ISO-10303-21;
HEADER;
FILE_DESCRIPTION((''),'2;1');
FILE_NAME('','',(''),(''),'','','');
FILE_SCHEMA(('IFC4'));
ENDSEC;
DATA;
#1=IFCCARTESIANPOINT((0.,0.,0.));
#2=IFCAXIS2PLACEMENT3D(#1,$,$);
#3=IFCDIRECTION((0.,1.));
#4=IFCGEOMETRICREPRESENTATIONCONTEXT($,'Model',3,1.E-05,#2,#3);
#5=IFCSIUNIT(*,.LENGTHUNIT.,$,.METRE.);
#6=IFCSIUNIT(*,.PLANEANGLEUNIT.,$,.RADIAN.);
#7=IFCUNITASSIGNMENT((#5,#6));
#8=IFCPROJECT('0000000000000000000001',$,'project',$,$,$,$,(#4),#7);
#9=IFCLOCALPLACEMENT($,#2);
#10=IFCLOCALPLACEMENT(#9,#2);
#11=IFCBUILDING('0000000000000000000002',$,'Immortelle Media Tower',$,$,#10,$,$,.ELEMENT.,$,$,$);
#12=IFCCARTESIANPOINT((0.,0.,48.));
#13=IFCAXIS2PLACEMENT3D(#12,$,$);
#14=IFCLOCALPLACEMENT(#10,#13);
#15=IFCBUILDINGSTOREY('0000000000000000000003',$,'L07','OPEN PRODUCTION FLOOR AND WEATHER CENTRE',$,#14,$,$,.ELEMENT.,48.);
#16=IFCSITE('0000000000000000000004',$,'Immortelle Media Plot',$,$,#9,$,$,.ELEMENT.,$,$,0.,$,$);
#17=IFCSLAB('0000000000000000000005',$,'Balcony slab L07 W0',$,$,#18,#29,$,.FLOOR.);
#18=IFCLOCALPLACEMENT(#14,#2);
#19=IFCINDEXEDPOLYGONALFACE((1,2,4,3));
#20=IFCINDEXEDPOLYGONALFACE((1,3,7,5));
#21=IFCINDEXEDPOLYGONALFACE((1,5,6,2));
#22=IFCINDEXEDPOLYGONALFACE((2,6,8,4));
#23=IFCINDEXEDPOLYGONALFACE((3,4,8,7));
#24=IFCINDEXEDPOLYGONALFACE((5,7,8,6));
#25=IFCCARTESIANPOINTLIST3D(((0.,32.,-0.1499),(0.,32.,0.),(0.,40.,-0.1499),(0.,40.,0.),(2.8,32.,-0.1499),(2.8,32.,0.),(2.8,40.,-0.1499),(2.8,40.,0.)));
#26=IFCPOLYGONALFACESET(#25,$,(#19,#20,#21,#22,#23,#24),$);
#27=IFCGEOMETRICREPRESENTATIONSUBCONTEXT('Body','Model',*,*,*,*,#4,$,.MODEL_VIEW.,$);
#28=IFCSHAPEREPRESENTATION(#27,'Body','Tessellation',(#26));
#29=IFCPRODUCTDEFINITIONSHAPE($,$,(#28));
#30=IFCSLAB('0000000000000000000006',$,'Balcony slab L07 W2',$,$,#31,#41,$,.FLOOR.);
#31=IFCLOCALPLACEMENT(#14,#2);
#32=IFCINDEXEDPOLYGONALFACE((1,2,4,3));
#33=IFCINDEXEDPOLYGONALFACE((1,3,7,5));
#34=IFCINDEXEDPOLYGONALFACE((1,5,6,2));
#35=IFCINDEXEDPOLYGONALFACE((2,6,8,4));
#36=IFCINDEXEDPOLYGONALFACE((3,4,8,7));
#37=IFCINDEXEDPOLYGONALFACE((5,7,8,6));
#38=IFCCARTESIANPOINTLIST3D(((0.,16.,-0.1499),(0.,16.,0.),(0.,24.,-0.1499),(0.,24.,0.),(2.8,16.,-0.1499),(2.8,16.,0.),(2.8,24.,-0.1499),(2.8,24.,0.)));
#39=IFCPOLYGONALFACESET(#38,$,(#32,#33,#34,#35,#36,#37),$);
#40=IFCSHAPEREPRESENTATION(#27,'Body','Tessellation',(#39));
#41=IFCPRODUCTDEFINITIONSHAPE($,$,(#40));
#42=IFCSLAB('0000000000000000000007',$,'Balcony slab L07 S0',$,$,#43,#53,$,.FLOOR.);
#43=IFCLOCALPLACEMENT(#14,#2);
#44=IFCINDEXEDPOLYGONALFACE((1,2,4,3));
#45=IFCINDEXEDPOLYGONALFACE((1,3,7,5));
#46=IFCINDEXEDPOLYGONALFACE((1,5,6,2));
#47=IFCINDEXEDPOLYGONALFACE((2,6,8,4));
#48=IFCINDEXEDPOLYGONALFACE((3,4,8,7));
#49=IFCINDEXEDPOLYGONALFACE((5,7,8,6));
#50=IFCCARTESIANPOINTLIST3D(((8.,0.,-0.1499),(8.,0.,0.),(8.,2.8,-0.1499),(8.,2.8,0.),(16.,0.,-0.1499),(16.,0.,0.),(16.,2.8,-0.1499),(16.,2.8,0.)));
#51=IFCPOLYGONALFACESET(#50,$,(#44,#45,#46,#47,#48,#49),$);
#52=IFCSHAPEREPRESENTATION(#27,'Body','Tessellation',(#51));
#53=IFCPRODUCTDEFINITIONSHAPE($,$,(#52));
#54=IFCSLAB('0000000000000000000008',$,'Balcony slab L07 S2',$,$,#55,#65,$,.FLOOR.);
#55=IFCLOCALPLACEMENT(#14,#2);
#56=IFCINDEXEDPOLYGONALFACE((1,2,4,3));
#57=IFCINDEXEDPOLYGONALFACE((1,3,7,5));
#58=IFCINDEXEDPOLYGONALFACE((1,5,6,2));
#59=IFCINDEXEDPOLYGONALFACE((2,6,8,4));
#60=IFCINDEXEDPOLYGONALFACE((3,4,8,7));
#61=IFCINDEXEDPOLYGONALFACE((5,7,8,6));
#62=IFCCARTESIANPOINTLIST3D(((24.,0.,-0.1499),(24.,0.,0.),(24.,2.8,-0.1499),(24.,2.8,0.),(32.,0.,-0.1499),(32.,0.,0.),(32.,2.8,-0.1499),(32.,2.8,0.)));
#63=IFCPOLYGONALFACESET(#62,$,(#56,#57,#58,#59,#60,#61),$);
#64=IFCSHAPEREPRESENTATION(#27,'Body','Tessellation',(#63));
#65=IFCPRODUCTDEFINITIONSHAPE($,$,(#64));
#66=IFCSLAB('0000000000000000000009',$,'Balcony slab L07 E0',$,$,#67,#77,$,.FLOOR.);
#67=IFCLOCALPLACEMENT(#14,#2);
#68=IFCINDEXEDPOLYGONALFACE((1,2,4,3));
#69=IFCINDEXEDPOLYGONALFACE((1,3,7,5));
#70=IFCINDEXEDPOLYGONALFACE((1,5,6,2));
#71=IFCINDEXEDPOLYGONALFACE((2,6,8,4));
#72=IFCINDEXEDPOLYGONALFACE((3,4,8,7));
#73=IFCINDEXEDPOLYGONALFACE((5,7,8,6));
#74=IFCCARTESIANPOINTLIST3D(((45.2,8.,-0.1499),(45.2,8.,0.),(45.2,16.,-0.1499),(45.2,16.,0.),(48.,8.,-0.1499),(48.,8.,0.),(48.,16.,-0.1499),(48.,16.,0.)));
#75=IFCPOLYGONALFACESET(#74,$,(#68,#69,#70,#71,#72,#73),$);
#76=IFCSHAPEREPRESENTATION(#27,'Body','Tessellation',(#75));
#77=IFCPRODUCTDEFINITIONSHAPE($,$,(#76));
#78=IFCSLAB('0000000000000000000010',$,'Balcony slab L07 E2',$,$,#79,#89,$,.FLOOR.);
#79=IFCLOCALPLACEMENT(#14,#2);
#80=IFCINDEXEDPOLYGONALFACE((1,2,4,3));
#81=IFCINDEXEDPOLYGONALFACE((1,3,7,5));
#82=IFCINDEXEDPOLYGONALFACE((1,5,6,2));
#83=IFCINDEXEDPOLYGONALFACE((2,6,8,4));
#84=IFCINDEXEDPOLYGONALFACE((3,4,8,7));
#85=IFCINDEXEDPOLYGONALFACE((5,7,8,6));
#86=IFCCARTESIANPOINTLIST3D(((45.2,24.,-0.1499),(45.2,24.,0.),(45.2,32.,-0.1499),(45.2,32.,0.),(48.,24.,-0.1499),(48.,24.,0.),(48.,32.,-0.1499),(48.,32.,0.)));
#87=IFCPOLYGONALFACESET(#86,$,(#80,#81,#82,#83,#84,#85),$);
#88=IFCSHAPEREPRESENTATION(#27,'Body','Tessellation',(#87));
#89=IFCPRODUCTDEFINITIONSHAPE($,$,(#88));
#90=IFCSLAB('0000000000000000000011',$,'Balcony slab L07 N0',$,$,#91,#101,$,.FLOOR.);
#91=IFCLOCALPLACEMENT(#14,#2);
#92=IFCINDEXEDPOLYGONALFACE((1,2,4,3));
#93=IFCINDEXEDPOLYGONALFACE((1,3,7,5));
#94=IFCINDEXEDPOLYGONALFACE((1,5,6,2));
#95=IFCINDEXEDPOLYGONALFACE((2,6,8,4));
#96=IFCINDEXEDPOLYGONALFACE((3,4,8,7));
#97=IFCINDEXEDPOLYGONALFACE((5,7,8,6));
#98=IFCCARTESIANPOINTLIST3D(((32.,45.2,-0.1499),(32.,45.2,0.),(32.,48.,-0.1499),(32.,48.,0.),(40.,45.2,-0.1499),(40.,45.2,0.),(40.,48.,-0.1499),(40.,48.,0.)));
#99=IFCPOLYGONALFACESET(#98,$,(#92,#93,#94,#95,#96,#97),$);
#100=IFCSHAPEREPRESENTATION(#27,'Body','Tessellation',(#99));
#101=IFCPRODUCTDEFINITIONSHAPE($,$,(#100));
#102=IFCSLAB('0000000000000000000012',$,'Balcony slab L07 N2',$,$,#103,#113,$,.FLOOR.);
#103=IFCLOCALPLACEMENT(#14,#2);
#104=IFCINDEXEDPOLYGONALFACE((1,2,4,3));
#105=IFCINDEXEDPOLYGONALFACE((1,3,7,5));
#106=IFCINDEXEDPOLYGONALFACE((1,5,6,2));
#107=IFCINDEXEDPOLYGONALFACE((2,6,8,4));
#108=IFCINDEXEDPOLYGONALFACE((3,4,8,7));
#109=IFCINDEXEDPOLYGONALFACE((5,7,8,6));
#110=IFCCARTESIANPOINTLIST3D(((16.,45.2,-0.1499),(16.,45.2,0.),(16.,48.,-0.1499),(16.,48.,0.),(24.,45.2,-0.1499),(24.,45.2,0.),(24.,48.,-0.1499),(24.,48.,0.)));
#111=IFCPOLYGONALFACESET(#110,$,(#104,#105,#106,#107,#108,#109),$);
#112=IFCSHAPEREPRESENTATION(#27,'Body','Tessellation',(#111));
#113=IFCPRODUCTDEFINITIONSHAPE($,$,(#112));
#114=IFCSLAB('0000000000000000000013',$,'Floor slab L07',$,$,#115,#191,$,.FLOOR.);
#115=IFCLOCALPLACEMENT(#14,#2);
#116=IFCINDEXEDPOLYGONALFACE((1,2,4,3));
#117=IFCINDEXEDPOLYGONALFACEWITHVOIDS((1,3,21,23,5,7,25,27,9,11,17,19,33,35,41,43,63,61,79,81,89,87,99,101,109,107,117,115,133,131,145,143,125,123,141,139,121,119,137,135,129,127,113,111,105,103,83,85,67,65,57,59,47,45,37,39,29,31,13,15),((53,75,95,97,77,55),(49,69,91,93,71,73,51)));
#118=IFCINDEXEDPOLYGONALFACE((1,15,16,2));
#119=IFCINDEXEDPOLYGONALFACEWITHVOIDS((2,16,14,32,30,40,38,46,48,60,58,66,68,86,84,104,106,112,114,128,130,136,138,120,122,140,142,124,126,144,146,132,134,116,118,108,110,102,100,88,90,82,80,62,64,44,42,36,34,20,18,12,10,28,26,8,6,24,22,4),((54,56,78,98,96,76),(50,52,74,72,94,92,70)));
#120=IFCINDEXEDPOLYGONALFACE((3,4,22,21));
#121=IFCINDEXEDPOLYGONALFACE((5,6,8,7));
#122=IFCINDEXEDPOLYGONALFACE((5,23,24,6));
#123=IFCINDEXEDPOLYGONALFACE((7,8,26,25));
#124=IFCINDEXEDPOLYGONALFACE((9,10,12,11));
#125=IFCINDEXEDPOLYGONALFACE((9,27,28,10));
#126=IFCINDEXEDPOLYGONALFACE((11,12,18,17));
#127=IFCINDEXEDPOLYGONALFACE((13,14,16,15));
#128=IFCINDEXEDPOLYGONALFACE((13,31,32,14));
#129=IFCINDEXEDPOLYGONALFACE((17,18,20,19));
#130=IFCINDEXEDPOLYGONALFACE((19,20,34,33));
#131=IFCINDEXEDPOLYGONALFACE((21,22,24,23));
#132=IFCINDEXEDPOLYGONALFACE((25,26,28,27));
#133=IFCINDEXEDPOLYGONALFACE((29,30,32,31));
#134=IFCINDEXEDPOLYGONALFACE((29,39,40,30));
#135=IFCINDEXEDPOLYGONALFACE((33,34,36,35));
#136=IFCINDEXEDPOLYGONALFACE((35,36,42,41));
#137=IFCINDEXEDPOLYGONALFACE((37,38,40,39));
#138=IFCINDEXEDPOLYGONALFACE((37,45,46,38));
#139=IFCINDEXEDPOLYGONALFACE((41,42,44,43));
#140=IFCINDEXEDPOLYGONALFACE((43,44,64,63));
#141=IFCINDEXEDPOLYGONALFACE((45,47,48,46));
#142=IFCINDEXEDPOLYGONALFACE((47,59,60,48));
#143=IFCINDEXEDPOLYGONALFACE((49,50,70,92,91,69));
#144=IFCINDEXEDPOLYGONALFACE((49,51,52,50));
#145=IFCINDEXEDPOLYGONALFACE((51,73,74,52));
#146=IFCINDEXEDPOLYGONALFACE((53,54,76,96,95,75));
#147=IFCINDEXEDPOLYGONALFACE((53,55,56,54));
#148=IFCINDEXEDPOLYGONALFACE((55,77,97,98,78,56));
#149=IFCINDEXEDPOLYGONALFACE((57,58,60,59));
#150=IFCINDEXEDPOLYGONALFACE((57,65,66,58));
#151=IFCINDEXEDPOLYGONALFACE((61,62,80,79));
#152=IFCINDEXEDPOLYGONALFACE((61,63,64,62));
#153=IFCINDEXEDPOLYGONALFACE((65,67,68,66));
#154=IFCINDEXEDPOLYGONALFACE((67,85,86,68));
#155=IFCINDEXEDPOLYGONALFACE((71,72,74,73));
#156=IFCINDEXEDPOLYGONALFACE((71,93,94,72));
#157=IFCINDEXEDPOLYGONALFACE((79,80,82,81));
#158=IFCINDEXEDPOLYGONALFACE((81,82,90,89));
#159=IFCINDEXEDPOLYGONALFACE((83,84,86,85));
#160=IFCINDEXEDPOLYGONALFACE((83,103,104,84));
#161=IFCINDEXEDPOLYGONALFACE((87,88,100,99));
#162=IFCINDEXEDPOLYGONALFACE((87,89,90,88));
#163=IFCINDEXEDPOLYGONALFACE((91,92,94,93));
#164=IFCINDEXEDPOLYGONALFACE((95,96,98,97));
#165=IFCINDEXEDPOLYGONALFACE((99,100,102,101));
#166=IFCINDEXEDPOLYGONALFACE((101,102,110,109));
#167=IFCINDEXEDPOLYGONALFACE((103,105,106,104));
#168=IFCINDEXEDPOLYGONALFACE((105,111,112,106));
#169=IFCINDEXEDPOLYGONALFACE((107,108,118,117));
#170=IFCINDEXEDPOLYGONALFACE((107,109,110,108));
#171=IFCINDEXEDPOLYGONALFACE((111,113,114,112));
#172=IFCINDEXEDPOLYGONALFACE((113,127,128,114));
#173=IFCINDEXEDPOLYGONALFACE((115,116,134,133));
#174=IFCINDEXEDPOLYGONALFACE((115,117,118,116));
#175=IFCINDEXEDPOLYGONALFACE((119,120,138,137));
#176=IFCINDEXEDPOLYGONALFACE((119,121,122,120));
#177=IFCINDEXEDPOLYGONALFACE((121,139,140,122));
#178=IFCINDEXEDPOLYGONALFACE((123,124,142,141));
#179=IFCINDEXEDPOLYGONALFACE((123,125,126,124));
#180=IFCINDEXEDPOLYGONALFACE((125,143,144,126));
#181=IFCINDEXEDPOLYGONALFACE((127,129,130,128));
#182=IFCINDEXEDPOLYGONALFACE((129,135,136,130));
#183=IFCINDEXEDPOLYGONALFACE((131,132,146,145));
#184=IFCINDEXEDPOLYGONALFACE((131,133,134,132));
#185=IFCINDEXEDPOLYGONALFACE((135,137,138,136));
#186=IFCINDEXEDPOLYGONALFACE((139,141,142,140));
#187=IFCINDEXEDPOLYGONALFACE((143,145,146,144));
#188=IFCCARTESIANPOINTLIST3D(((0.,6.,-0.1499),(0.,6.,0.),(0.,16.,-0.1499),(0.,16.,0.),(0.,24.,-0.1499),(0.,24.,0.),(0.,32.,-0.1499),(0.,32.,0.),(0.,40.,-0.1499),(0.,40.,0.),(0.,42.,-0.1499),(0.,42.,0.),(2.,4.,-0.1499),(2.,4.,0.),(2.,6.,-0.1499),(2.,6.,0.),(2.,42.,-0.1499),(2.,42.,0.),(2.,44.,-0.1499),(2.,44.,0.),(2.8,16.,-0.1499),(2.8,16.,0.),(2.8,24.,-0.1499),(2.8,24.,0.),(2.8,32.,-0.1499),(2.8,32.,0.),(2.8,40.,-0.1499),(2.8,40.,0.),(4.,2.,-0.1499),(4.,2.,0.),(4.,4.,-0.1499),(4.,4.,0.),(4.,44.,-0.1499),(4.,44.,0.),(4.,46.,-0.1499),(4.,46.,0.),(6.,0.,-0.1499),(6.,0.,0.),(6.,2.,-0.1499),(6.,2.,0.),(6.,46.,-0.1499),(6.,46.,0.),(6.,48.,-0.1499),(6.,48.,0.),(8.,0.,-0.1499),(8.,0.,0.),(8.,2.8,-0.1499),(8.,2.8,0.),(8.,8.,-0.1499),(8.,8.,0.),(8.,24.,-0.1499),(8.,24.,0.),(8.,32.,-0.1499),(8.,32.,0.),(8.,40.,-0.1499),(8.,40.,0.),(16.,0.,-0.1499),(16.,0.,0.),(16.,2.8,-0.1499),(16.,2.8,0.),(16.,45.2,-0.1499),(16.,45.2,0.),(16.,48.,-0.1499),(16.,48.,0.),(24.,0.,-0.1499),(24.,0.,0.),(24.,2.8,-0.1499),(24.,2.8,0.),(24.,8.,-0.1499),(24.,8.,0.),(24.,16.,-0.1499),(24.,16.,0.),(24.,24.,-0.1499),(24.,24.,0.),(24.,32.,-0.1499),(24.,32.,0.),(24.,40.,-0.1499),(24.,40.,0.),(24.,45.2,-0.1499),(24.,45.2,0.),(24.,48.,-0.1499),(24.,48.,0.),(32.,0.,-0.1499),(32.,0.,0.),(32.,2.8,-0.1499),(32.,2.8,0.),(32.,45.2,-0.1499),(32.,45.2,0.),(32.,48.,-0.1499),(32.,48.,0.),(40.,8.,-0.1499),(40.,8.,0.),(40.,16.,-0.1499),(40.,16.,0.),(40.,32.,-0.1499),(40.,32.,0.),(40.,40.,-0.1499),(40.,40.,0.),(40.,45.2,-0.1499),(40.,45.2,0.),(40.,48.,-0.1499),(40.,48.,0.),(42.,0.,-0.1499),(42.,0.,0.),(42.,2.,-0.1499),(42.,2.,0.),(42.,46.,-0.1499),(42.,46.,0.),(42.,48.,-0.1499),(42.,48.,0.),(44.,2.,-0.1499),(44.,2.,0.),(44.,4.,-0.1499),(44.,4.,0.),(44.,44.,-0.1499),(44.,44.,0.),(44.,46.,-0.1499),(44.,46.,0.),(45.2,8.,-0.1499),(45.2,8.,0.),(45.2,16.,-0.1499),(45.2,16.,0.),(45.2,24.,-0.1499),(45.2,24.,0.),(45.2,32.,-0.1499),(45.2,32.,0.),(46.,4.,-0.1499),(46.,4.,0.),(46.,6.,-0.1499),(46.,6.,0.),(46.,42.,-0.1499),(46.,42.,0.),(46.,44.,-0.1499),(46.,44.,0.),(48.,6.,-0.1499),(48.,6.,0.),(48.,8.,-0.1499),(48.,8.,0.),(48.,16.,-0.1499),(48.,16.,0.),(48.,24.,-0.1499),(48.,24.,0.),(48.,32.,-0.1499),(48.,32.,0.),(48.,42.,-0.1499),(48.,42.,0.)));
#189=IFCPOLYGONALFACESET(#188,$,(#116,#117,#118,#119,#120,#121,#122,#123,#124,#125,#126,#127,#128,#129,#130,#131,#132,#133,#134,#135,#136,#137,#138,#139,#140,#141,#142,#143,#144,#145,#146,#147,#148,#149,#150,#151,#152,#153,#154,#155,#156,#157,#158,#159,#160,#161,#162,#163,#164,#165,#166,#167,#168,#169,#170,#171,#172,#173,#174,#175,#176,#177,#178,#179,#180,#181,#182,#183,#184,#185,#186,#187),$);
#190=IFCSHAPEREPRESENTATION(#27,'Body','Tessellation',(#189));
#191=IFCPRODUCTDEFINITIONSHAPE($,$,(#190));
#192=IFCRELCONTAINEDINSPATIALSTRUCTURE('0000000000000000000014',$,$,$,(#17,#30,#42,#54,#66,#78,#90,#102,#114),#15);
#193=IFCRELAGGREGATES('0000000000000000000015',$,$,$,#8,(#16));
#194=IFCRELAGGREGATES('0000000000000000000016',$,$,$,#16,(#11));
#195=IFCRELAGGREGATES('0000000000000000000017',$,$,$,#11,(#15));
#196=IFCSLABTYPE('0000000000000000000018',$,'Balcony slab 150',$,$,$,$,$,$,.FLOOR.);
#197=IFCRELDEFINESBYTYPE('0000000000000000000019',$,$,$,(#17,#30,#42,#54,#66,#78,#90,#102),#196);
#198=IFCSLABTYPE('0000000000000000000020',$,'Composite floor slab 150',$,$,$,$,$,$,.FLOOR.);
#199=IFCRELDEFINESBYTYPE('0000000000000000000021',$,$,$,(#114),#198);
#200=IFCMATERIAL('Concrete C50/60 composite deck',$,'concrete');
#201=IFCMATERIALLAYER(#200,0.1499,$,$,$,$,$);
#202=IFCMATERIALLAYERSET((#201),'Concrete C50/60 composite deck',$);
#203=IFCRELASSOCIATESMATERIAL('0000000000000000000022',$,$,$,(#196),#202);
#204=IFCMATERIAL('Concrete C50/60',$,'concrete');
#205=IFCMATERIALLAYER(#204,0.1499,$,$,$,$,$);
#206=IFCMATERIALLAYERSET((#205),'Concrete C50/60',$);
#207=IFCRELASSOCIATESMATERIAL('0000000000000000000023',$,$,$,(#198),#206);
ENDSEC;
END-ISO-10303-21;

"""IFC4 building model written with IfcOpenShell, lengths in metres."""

from ifc_helpers import new_model, si_unit, direction, frame, origin, place, context, subcontext, project, spatial, polyline, outline, extrude, material, layer, layer_set, type_object, element, save


model = new_model("IFC4")

# Units and contexts
model_context = context("Model", 3, precision=1e-05, world=origin(), true_north=direction((0.0, 1.0)))
body_context = subcontext(model_context, "Body", "Model", "MODEL_VIEW")
ifc_project = project(units=[si_unit("LENGTHUNIT", "METRE"), si_unit("PLANEANGLEUNIT", "RADIAN")], contexts=[model_context])

# Site, building, storey
site_placement = place(None, origin())
site = spatial("IfcSite", under=ifc_project, at=site_placement, Name="Immortelle Media Plot", CompositionType="ELEMENT", RefElevation=0.0)
building_placement = place(site_placement, origin())
building = spatial("IfcBuilding", under=site, at=building_placement, Name="Immortelle Media Tower", CompositionType="ELEMENT")
storey_placement = place(building_placement, frame((0.0, 0.0, 48.0)))
storey = spatial("IfcBuildingStorey", under=building, at=storey_placement, Name="L07", Description="OPEN PRODUCTION FLOOR AND WEATHER CENTRE", CompositionType="ELEMENT", Elevation=48.0)

# Slabs
ifc_material_1 = material(Name="Concrete C50/60 composite deck", Category="concrete")
ifc_layer_1 = layer(ifc_material_1, 0.1499)
ifc_layer_set_1 = layer_set([ifc_layer_1], Name="Concrete C50/60 composite deck")
slab_type_1 = type_object("IfcSlabType", Name="Balcony slab 150", PredefinedType="FLOOR", material=ifc_layer_set_1)
slab_1_placement = place(storey_placement, frame((0.0, 0.0, -0.1499)))
element("IfcSlab", 1, at=slab_1_placement, inside=storey, type_object=slab_type_1, Name="Balcony slab L07 W0", PredefinedType="FLOOR", context=body_context, shape_type="SweptSolid", body=[
    extrude(outline(polyline([(2.8, 32.0), (2.8, 40.0), (0.0, 40.0), (0.0, 32.0), (2.8, 32.0)])), origin(), (0.0, 0.0, 1.0), 0.1499),
])
slab_2_placement = place(storey_placement, frame((0.0, 0.0, -0.1499)))
element("IfcSlab", 2, at=slab_2_placement, inside=storey, type_object=slab_type_1, Name="Balcony slab L07 W2", PredefinedType="FLOOR", context=body_context, shape_type="SweptSolid", body=[
    extrude(outline(polyline([(2.8, 16.0), (2.8, 24.0), (0.0, 24.0), (0.0, 16.0), (2.8, 16.0)])), origin(), (0.0, 0.0, 1.0), 0.1499),
])
slab_3_placement = place(storey_placement, frame((0.0, 0.0, -0.1499)))
element("IfcSlab", 3, at=slab_3_placement, inside=storey, type_object=slab_type_1, Name="Balcony slab L07 S0", PredefinedType="FLOOR", context=body_context, shape_type="SweptSolid", body=[
    extrude(outline(polyline([(16.0, 0.0), (16.0, 2.8), (8.0, 2.8), (8.0, 0.0), (16.0, 0.0)])), origin(), (0.0, 0.0, 1.0), 0.1499),
])
slab_4_placement = place(storey_placement, frame((0.0, 0.0, -0.1499)))
element("IfcSlab", 4, at=slab_4_placement, inside=storey, type_object=slab_type_1, Name="Balcony slab L07 S2", PredefinedType="FLOOR", context=body_context, shape_type="SweptSolid", body=[
    extrude(outline(polyline([(32.0, 0.0), (32.0, 2.8), (24.0, 2.8), (24.0, 0.0), (32.0, 0.0)])), origin(), (0.0, 0.0, 1.0), 0.1499),
])
slab_5_placement = place(storey_placement, frame((0.0, 0.0, -0.1499)))
element("IfcSlab", 5, at=slab_5_placement, inside=storey, type_object=slab_type_1, Name="Balcony slab L07 E0", PredefinedType="FLOOR", context=body_context, shape_type="SweptSolid", body=[
    extrude(outline(polyline([(48.0, 8.0), (48.0, 16.0), (45.2, 16.0), (45.2, 8.0), (48.0, 8.0)])), origin(), (0.0, 0.0, 1.0), 0.1499),
])
slab_6_placement = place(storey_placement, frame((0.0, 0.0, -0.1499)))
element("IfcSlab", 6, at=slab_6_placement, inside=storey, type_object=slab_type_1, Name="Balcony slab L07 E2", PredefinedType="FLOOR", context=body_context, shape_type="SweptSolid", body=[
    extrude(outline(polyline([(48.0, 24.0), (48.0, 32.0), (45.2, 32.0), (45.2, 24.0), (48.0, 24.0)])), origin(), (0.0, 0.0, 1.0), 0.1499),
])
slab_7_placement = place(storey_placement, frame((0.0, 0.0, -0.1499)))
element("IfcSlab", 7, at=slab_7_placement, inside=storey, type_object=slab_type_1, Name="Balcony slab L07 N0", PredefinedType="FLOOR", context=body_context, shape_type="SweptSolid", body=[
    extrude(outline(polyline([(40.0, 45.2), (40.0, 48.0), (32.0, 48.0), (32.0, 45.2), (40.0, 45.2)])), origin(), (0.0, 0.0, 1.0), 0.1499),
])
slab_8_placement = place(storey_placement, frame((0.0, 0.0, -0.1499)))
element("IfcSlab", 8, at=slab_8_placement, inside=storey, type_object=slab_type_1, Name="Balcony slab L07 N2", PredefinedType="FLOOR", context=body_context, shape_type="SweptSolid", body=[
    extrude(outline(polyline([(24.0, 45.2), (24.0, 48.0), (16.0, 48.0), (16.0, 45.2), (24.0, 45.2)])), origin(), (0.0, 0.0, 1.0), 0.1499),
])
ifc_material_2 = material(Name="Concrete C50/60", Category="concrete")
ifc_layer_2 = layer(ifc_material_2, 0.1499)
ifc_layer_set_2 = layer_set([ifc_layer_2], Name="Concrete C50/60")
slab_type_2 = type_object("IfcSlabType", Name="Composite floor slab 150", PredefinedType="FLOOR", material=ifc_layer_set_2)
slab_9_placement = place(storey_placement, frame((0.0, 0.0, -0.1499)))
element("IfcSlab", 9, at=slab_9_placement, inside=storey, type_object=slab_type_2, Name="Floor slab L07", PredefinedType="FLOOR", context=body_context, shape_type="SweptSolid", body=[
    extrude(outline(polyline([(6.0, 0.0), (6.0, 2.0), (4.0, 2.0), (4.0, 4.0), (2.0, 4.0), (2.0, 6.0), (0.0, 6.0), (0.0, 16.0), (2.8, 16.0), (2.8, 24.0), (0.0, 24.0), (0.0, 32.0), (2.8, 32.0), (2.8, 40.0), (0.0, 40.0), (0.0, 42.0), (2.0, 42.0), (2.0, 44.0), (4.0, 44.0), (4.0, 46.0), (6.0, 46.0), (6.0, 48.0), (16.0, 48.0), (16.0, 45.2), (24.0, 45.2), (24.0, 48.0), (32.0, 48.0), (32.0, 45.2), (40.0, 45.2), (40.0, 48.0), (42.0, 48.0), (42.0, 46.0), (44.0, 46.0), (44.0, 44.0), (46.0, 44.0), (46.0, 42.0), (48.0, 42.0), (48.0, 32.0), (45.2, 32.0), (45.2, 24.0), (48.0, 24.0), (48.0, 16.0), (45.2, 16.0), (45.2, 8.0), (48.0, 8.0), (48.0, 6.0), (46.0, 6.0), (46.0, 4.0), (44.0, 4.0), (44.0, 2.0), (42.0, 2.0), (42.0, 0.0), (32.0, 0.0), (32.0, 2.8), (24.0, 2.8), (24.0, 0.0), (16.0, 0.0), (16.0, 2.8), (8.0, 2.8), (8.0, 0.0), (6.0, 0.0)]), holes=[polyline([(24.0, 24.0), (8.0, 24.0), (8.0, 8.0), (24.0, 8.0), (40.0, 8.0), (40.0, 16.0), (24.0, 16.0), (24.0, 24.0)]), polyline([(24.0, 32.0), (40.0, 32.0), (40.0, 40.0), (24.0, 40.0), (8.0, 40.0), (8.0, 32.0), (24.0, 32.0)])]), origin(), (0.0, 0.0, 1.0), 0.1499),
])

save(model, "model.ifc")
